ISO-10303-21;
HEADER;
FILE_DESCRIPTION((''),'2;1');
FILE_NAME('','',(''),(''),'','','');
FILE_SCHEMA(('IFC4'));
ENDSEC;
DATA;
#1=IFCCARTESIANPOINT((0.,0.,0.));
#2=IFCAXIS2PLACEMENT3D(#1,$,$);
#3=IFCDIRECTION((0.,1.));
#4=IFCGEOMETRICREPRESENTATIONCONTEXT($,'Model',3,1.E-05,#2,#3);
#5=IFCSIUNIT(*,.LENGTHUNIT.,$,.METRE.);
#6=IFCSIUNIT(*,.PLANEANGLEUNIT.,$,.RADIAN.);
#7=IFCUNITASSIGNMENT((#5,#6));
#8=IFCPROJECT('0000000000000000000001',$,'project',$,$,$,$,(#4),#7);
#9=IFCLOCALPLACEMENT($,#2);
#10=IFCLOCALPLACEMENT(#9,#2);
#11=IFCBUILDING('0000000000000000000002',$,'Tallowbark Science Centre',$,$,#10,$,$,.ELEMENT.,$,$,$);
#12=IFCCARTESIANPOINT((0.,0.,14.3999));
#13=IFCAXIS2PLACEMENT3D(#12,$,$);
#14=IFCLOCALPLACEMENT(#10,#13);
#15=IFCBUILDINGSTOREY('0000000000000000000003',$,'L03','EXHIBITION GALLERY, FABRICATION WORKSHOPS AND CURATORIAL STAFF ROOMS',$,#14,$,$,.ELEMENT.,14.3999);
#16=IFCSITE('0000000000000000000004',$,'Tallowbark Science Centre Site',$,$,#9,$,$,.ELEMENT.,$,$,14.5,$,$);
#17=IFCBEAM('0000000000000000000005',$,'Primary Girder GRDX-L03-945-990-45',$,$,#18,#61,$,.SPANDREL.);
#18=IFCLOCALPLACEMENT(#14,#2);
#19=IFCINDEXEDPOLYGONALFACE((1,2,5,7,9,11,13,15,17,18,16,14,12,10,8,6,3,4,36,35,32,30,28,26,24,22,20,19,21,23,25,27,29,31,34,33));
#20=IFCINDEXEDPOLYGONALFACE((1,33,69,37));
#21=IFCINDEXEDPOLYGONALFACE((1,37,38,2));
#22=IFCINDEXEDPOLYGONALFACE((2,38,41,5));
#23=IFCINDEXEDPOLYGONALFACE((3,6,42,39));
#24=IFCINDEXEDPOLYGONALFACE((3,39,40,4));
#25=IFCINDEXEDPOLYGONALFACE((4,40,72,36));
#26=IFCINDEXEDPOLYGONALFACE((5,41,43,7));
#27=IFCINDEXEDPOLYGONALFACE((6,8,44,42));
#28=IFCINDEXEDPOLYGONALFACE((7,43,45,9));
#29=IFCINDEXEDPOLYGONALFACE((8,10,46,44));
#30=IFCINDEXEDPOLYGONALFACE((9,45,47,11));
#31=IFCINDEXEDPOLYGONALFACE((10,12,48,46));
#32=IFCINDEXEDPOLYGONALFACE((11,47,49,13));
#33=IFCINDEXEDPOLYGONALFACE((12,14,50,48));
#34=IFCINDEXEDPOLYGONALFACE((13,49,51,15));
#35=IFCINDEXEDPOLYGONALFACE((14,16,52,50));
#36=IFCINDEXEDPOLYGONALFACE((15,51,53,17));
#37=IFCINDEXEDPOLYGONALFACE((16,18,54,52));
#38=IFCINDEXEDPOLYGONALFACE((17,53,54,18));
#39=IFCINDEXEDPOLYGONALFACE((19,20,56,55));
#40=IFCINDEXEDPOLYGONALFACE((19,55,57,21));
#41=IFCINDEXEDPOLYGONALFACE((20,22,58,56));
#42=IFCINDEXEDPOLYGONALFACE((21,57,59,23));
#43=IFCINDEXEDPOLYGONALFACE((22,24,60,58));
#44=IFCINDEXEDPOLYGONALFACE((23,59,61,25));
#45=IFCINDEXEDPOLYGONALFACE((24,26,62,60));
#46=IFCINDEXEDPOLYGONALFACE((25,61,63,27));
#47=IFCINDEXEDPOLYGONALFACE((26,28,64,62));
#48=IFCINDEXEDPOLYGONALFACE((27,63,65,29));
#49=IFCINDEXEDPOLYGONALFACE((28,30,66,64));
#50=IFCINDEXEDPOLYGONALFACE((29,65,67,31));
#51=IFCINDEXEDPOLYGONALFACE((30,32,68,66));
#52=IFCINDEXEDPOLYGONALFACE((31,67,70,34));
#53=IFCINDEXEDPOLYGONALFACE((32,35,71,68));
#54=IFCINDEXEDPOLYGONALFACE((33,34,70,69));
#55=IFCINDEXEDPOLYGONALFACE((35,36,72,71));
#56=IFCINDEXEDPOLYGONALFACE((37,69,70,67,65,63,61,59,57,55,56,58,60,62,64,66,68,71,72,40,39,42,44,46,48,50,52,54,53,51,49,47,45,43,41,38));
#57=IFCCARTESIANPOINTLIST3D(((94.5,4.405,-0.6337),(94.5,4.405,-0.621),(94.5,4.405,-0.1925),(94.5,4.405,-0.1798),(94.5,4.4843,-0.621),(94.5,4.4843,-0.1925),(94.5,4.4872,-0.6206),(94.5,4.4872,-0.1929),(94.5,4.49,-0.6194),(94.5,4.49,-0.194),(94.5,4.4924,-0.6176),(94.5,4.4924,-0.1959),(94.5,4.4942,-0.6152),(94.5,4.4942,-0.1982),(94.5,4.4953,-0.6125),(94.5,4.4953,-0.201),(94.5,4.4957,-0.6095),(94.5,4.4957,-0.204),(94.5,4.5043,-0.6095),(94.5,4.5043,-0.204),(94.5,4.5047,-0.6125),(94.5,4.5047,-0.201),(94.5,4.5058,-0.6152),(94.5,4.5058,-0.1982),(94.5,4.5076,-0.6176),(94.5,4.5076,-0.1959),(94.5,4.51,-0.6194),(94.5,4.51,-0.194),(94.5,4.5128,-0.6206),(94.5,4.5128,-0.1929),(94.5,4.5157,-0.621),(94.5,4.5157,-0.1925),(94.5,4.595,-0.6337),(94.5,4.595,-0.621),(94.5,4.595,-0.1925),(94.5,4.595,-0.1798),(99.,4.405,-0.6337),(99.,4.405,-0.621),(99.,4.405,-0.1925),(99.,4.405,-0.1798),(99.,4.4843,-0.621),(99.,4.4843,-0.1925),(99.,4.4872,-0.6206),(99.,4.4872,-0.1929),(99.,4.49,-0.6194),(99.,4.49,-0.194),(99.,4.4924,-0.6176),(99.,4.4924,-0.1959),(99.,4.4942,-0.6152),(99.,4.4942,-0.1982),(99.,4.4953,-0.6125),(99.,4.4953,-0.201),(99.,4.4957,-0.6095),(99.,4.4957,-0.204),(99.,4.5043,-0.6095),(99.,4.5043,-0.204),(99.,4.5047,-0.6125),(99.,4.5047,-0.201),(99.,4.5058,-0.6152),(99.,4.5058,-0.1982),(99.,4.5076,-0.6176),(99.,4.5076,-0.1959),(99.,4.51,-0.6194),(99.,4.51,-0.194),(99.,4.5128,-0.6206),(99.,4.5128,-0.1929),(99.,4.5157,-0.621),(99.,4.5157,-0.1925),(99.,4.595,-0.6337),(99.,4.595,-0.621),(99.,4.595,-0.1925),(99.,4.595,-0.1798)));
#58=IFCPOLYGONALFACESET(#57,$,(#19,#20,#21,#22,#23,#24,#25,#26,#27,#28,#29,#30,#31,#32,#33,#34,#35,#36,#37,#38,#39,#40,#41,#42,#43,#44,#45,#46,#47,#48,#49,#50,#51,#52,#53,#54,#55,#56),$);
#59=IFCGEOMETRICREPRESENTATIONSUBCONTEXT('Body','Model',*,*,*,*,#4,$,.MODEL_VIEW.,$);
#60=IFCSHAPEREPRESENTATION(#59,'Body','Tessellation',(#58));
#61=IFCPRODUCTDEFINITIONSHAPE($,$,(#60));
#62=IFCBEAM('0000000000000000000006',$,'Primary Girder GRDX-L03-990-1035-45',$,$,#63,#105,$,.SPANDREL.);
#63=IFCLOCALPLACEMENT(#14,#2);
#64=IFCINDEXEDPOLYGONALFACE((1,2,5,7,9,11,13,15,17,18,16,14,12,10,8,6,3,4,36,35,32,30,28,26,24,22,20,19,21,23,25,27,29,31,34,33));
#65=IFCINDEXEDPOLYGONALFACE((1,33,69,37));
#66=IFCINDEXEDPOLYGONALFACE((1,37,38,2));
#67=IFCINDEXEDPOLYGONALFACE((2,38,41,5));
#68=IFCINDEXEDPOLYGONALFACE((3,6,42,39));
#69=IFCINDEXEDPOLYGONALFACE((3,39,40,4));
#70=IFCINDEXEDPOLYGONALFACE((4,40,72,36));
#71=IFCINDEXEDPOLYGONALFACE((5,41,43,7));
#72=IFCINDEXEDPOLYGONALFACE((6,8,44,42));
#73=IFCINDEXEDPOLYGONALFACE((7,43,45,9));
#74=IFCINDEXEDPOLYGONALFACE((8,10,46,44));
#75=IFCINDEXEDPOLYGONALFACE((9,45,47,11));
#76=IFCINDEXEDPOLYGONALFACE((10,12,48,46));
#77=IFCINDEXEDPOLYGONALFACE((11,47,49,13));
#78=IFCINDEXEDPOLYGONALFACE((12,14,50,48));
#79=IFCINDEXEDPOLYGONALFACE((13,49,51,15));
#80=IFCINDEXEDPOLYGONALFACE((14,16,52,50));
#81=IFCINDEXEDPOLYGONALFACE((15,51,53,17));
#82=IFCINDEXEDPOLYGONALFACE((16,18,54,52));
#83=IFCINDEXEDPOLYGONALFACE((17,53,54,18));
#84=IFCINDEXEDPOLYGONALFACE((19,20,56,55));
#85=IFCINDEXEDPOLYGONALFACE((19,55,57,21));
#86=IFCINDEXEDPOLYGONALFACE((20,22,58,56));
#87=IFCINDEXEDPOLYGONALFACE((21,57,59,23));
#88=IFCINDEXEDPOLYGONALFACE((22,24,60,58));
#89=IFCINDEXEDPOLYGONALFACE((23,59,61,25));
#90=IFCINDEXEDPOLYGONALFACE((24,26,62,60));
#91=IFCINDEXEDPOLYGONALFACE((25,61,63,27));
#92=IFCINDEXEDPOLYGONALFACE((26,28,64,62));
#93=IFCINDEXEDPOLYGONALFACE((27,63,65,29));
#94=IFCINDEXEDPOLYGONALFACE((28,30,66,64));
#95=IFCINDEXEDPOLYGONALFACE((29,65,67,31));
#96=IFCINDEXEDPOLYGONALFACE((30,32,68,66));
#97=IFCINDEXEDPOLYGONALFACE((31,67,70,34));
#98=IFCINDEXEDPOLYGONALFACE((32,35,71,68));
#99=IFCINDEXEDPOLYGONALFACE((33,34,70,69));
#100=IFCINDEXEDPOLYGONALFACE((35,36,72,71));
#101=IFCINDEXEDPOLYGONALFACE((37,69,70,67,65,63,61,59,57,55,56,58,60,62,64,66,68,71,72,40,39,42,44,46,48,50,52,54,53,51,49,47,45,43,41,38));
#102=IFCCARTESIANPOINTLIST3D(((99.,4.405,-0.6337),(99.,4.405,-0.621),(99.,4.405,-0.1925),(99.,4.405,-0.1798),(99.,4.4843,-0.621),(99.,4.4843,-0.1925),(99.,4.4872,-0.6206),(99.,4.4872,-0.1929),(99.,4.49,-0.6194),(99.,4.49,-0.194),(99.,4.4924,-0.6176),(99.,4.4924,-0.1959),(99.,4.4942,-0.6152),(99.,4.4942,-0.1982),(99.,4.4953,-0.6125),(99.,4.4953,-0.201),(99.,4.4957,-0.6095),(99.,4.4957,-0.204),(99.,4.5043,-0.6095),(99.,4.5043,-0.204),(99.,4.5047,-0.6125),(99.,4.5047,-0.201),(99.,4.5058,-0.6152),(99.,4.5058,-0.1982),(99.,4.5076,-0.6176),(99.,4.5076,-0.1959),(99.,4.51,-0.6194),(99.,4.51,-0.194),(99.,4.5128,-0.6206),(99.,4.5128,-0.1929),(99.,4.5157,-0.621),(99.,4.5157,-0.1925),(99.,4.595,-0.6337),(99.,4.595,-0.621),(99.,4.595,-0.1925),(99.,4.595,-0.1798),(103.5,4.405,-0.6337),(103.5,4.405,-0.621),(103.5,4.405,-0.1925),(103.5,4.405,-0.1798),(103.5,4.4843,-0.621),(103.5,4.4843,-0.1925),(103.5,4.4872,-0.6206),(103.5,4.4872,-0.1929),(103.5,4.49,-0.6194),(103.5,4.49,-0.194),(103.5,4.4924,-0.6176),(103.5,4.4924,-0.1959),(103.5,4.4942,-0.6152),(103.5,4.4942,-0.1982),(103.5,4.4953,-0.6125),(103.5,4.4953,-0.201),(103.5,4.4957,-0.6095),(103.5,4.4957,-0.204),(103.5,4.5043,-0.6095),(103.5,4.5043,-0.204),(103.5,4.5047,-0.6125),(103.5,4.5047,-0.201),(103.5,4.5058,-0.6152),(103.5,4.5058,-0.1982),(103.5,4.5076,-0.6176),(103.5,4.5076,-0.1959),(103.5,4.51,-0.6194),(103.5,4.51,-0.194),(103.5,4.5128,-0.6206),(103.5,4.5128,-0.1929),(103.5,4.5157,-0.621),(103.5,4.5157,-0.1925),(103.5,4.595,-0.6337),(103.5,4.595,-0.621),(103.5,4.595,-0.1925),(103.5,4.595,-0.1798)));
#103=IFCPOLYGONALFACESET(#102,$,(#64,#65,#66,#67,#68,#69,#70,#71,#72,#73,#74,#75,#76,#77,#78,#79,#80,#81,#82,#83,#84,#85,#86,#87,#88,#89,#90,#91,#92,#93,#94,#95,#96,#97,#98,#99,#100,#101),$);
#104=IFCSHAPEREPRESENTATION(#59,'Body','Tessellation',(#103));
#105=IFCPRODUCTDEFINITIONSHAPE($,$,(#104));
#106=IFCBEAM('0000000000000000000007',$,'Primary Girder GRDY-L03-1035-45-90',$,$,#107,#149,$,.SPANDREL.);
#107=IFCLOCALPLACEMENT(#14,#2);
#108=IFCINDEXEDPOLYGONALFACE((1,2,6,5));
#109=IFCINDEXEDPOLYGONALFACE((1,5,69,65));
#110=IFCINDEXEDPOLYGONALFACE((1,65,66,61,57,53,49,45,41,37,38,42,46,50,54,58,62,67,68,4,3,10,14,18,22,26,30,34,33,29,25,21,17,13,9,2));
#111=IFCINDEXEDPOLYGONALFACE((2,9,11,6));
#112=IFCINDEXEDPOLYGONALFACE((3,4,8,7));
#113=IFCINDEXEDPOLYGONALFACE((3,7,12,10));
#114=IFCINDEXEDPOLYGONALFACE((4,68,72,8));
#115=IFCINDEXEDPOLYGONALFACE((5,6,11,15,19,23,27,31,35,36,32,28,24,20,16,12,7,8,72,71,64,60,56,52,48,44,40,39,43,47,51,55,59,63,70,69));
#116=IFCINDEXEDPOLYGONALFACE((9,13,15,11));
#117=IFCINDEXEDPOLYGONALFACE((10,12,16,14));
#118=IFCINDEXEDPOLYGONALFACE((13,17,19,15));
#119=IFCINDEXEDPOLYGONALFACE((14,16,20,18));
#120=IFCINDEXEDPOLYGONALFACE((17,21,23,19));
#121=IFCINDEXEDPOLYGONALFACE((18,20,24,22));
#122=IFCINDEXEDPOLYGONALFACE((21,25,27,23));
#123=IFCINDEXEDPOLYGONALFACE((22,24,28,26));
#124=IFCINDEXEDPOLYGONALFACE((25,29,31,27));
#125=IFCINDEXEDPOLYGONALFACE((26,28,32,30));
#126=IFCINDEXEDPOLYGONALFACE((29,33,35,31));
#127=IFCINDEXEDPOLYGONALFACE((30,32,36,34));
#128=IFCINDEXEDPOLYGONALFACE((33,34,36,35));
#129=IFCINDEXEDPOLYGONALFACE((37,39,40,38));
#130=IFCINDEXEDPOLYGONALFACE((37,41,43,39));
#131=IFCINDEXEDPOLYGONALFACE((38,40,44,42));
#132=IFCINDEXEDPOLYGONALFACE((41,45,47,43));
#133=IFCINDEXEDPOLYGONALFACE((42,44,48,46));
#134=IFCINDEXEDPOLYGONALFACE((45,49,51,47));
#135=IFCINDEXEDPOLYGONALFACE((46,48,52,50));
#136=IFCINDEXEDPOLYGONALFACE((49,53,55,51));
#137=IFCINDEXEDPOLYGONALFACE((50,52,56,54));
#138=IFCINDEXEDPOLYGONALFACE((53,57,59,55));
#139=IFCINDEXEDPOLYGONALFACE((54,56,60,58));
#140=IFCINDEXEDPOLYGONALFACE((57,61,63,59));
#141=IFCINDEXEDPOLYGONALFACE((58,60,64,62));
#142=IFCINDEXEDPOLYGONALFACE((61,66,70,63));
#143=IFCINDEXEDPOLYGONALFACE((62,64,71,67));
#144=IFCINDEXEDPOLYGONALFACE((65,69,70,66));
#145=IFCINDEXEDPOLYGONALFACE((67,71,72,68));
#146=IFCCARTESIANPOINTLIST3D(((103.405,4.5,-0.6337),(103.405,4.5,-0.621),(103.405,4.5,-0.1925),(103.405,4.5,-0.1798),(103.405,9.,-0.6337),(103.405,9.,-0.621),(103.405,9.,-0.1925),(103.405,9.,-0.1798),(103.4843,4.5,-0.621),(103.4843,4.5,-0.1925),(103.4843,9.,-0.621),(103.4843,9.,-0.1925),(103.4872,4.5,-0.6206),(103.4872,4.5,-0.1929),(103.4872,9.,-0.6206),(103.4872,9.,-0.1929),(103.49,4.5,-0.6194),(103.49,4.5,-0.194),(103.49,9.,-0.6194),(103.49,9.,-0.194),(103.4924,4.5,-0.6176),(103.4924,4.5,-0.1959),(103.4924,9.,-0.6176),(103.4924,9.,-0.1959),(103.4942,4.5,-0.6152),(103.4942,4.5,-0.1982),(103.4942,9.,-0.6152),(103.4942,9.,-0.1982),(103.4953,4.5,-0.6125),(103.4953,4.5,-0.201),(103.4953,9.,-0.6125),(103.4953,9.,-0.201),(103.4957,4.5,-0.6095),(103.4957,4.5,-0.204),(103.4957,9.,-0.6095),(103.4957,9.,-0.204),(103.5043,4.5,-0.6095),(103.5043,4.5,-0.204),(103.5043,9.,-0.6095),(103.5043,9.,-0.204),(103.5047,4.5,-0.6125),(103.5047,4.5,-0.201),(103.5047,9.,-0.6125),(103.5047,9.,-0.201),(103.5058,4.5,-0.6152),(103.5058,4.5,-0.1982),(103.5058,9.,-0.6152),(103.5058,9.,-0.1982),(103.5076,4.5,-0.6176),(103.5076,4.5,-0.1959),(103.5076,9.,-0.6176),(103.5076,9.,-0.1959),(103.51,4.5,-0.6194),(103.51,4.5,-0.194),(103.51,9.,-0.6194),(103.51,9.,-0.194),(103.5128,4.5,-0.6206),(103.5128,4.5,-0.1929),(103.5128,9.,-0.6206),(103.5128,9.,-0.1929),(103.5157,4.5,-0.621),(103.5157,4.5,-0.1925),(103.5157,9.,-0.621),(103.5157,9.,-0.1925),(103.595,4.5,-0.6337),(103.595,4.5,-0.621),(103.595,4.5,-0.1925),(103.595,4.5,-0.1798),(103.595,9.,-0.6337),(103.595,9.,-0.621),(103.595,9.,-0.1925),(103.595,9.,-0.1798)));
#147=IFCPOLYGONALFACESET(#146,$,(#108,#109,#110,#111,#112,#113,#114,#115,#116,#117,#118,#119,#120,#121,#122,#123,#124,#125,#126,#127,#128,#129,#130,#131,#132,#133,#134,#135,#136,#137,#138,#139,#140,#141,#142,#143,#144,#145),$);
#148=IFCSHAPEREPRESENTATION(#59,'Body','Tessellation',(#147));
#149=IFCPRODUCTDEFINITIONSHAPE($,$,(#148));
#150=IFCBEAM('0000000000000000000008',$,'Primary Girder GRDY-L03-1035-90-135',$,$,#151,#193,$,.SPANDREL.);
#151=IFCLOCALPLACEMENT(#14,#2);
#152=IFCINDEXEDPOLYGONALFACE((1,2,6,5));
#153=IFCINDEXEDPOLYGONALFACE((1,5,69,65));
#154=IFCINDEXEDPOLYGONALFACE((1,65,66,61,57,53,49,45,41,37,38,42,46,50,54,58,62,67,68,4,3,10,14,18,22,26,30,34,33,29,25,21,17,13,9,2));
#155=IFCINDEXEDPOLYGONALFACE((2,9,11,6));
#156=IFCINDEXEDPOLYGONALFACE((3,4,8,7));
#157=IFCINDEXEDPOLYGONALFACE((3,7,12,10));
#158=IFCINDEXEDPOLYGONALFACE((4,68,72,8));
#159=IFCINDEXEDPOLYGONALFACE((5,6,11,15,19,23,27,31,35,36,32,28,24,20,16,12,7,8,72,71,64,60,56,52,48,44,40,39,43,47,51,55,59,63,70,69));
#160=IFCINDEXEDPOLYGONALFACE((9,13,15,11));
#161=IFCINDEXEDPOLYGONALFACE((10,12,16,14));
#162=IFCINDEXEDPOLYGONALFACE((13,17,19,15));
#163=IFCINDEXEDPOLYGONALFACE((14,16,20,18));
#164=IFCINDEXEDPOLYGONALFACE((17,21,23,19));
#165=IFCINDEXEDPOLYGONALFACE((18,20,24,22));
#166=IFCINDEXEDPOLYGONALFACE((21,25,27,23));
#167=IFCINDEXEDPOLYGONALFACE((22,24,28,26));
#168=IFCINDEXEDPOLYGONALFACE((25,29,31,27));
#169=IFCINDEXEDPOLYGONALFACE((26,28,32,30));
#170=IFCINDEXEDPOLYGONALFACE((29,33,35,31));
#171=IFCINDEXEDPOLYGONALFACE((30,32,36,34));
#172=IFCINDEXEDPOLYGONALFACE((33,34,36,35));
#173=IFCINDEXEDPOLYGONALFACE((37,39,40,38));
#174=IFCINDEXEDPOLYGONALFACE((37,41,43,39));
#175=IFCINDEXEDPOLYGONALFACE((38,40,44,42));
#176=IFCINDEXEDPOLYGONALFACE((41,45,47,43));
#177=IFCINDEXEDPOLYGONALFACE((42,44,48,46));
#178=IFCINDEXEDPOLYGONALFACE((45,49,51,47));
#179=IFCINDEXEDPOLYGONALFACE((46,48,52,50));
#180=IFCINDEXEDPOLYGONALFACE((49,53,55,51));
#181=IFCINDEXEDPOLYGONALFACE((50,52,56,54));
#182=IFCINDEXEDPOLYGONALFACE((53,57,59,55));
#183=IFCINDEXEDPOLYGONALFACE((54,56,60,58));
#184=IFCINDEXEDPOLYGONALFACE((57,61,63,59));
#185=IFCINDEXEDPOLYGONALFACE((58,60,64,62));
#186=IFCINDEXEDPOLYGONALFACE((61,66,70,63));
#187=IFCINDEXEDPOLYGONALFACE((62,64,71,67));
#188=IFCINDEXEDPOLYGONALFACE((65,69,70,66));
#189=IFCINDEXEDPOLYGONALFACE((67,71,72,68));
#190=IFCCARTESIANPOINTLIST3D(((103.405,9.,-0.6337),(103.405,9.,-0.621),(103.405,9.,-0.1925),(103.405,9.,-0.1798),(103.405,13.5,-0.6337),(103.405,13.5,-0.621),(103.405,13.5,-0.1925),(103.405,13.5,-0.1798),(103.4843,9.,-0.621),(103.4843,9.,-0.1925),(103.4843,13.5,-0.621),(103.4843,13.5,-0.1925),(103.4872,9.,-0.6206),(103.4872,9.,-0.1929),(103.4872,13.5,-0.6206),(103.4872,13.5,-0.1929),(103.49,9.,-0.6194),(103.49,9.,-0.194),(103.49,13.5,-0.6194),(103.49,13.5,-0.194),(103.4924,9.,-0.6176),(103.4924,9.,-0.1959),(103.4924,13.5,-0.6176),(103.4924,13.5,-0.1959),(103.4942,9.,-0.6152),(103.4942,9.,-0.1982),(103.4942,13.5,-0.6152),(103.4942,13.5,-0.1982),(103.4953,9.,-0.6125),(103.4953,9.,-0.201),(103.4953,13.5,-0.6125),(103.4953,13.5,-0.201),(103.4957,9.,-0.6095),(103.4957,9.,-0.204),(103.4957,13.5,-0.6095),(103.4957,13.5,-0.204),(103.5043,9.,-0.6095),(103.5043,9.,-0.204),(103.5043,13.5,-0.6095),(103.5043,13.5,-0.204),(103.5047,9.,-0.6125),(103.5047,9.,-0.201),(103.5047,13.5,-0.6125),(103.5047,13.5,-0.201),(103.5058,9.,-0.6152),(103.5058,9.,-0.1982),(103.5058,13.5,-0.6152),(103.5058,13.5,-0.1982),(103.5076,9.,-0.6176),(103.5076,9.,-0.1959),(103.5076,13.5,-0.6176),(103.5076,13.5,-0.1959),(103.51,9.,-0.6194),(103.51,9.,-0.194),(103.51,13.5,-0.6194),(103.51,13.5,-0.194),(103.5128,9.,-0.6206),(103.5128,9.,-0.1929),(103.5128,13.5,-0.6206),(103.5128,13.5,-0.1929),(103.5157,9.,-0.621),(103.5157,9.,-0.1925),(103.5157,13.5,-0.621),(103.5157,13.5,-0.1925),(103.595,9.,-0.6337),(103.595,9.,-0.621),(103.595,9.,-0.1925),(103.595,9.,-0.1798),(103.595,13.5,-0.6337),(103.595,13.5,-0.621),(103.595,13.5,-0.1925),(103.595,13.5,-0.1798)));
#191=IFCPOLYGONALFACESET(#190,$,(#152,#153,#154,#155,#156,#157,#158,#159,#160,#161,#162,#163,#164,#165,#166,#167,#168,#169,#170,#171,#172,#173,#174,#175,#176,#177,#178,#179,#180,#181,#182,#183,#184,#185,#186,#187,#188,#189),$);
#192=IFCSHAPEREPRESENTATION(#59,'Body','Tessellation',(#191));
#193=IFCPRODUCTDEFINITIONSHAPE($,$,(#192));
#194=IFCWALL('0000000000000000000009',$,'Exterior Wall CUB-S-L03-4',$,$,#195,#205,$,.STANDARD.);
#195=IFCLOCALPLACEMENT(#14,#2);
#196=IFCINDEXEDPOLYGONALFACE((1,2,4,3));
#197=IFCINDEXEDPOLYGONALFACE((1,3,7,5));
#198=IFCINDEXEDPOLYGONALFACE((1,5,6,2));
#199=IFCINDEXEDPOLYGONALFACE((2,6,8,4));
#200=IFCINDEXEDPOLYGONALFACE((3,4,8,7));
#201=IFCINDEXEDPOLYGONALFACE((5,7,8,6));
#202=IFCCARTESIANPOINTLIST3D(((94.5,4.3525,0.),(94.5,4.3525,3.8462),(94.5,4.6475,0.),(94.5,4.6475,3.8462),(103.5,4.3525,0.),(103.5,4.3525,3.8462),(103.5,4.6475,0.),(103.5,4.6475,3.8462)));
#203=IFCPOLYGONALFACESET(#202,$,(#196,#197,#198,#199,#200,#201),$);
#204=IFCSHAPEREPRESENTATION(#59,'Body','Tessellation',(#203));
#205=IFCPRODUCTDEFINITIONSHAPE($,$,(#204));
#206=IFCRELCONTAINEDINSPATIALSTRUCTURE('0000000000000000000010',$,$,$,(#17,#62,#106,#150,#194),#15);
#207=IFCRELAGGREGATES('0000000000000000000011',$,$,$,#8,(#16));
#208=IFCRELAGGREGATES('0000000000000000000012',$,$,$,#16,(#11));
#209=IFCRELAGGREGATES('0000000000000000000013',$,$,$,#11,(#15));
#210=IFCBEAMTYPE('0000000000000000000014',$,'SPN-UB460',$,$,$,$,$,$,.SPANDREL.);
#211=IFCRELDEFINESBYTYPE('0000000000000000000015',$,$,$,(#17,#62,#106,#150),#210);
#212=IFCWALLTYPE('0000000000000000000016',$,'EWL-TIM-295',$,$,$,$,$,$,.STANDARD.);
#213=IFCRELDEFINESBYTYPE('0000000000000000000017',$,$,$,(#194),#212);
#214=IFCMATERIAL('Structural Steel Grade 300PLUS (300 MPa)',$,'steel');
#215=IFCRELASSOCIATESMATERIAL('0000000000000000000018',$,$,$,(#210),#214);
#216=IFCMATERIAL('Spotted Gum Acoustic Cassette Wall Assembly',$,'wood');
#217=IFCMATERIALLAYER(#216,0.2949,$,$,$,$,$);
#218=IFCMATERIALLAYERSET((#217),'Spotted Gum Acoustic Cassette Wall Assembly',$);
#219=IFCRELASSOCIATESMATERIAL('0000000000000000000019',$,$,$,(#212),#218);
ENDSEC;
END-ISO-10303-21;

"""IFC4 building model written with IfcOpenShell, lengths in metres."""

from ifc_helpers import new_model, si_unit, direction, frame, frame_2d, origin, origin_2d, place, context, subcontext, project, spatial, rectangle, i_section, extrude, material, layer, layer_set, material_profile, profile_set, type_object, element, save


model = new_model("IFC4")

# Units and contexts
model_context = context("Model", 3, precision=1e-05, world=origin(), true_north=direction((0.0, 1.0)))
body_context = subcontext(model_context, "Body", "Model", "MODEL_VIEW")
ifc_project = project(units=[si_unit("LENGTHUNIT", "METRE"), si_unit("PLANEANGLEUNIT", "RADIAN")], contexts=[model_context])

# Site, building, storey
site_placement = place(None, origin())
site = spatial("IfcSite", under=ifc_project, at=site_placement, Name="Tallowbark Science Centre Site", CompositionType="ELEMENT", RefElevation=14.5)
building_placement = place(site_placement, origin())
building = spatial("IfcBuilding", under=site, at=building_placement, Name="Tallowbark Science Centre", CompositionType="ELEMENT")
storey_placement = place(building_placement, frame((0.0, 0.0, 14.3999)))
storey = spatial("IfcBuildingStorey", under=building, at=storey_placement, Name="L03", Description="EXHIBITION GALLERY, FABRICATION WORKSHOPS AND CURATORIAL STAFF ROOMS", CompositionType="ELEMENT", Elevation=14.3999)

# Shared definitions
ifc_material_1 = material(Name="Structural Steel Grade 300PLUS (300 MPa)", Category="steel")

# Beams
ifc_material_profile_1 = material_profile(ifc_material_1, i_section(OverallWidth=0.1899, OverallDepth=0.4539, WebThickness=0.0085, FlangeThickness=0.0127, FilletRadius=0.0115, at=origin_2d()), Name="460UB67.1")
ifc_profile_set_1 = profile_set([ifc_material_profile_1], Name="Structural Steel Grade 300PLUS (300 MPa)")
beam_type_1 = type_object("IfcBeamType", Name="SPN-UB460", PredefinedType="SPANDREL", material=ifc_profile_set_1)
for number, where, z_axis, x_axis, name in (
    (1, (94.5, 4.5, -0.4067), (1.0, 0.0, 0.0), (0.0, 1.0, 0.0), "Primary Girder GRDX-L03-945-990-45"),
    (2, (99.0, 4.5, -0.4067), (1.0, 0.0, 0.0), (0.0, 1.0, 0.0), "Primary Girder GRDX-L03-990-1035-45"),
    (3, (103.5, 4.5, -0.4067), (0.0, 1.0, 0.0), (-1.0, 0.0, 0.0), "Primary Girder GRDY-L03-1035-45-90"),
    (4, (103.5, 9.0, -0.4067), (0.0, 1.0, 0.0), (-1.0, 0.0, 0.0), "Primary Girder GRDY-L03-1035-90-135"),
):
    element("IfcBeam", number, at=place(storey_placement, frame(where, z_axis=z_axis, x_axis=x_axis)), inside=storey, type_object=beam_type_1, Name=name, PredefinedType="SPANDREL", context=body_context, shape_type="SweptSolid", body=[
        extrude(i_section(OverallWidth=0.1899, OverallDepth=0.4539, WebThickness=0.0085, FlangeThickness=0.0127, FilletRadius=0.0115, at=origin_2d()), origin(), (0.0, 0.0, 1.0), 4.5),
    ])

# Wall
ifc_material_2 = material(Name="Spotted Gum Acoustic Cassette Wall Assembly", Category="wood")
ifc_layer_1 = layer(ifc_material_2, 0.2949)
ifc_layer_set_1 = layer_set([ifc_layer_1], Name="Spotted Gum Acoustic Cassette Wall Assembly")
wall_type_1 = type_object("IfcWallType", Name="EWL-TIM-295", PredefinedType="STANDARD", material=ifc_layer_set_1)
for number, where, z_axis, x_axis, name in (
    (5, (94.5, 4.5, 0.0), (0.0, 0.0, 1.0), (1.0, 0.0, 0.0), "Exterior Wall CUB-S-L03-4"),
):
    element("IfcWall", number, at=place(storey_placement, frame(where, z_axis=z_axis, x_axis=x_axis)), inside=storey, type_object=wall_type_1, Name=name, PredefinedType="STANDARD", context=body_context, shape_type="SweptSolid", body=[
        extrude(rectangle(XDim=9.0, YDim=0.2949, at=frame_2d((4.5, 0.0))), origin(), (0.0, 0.0, 1.0), 3.8462),
    ])

save(model, "model.ifc")
